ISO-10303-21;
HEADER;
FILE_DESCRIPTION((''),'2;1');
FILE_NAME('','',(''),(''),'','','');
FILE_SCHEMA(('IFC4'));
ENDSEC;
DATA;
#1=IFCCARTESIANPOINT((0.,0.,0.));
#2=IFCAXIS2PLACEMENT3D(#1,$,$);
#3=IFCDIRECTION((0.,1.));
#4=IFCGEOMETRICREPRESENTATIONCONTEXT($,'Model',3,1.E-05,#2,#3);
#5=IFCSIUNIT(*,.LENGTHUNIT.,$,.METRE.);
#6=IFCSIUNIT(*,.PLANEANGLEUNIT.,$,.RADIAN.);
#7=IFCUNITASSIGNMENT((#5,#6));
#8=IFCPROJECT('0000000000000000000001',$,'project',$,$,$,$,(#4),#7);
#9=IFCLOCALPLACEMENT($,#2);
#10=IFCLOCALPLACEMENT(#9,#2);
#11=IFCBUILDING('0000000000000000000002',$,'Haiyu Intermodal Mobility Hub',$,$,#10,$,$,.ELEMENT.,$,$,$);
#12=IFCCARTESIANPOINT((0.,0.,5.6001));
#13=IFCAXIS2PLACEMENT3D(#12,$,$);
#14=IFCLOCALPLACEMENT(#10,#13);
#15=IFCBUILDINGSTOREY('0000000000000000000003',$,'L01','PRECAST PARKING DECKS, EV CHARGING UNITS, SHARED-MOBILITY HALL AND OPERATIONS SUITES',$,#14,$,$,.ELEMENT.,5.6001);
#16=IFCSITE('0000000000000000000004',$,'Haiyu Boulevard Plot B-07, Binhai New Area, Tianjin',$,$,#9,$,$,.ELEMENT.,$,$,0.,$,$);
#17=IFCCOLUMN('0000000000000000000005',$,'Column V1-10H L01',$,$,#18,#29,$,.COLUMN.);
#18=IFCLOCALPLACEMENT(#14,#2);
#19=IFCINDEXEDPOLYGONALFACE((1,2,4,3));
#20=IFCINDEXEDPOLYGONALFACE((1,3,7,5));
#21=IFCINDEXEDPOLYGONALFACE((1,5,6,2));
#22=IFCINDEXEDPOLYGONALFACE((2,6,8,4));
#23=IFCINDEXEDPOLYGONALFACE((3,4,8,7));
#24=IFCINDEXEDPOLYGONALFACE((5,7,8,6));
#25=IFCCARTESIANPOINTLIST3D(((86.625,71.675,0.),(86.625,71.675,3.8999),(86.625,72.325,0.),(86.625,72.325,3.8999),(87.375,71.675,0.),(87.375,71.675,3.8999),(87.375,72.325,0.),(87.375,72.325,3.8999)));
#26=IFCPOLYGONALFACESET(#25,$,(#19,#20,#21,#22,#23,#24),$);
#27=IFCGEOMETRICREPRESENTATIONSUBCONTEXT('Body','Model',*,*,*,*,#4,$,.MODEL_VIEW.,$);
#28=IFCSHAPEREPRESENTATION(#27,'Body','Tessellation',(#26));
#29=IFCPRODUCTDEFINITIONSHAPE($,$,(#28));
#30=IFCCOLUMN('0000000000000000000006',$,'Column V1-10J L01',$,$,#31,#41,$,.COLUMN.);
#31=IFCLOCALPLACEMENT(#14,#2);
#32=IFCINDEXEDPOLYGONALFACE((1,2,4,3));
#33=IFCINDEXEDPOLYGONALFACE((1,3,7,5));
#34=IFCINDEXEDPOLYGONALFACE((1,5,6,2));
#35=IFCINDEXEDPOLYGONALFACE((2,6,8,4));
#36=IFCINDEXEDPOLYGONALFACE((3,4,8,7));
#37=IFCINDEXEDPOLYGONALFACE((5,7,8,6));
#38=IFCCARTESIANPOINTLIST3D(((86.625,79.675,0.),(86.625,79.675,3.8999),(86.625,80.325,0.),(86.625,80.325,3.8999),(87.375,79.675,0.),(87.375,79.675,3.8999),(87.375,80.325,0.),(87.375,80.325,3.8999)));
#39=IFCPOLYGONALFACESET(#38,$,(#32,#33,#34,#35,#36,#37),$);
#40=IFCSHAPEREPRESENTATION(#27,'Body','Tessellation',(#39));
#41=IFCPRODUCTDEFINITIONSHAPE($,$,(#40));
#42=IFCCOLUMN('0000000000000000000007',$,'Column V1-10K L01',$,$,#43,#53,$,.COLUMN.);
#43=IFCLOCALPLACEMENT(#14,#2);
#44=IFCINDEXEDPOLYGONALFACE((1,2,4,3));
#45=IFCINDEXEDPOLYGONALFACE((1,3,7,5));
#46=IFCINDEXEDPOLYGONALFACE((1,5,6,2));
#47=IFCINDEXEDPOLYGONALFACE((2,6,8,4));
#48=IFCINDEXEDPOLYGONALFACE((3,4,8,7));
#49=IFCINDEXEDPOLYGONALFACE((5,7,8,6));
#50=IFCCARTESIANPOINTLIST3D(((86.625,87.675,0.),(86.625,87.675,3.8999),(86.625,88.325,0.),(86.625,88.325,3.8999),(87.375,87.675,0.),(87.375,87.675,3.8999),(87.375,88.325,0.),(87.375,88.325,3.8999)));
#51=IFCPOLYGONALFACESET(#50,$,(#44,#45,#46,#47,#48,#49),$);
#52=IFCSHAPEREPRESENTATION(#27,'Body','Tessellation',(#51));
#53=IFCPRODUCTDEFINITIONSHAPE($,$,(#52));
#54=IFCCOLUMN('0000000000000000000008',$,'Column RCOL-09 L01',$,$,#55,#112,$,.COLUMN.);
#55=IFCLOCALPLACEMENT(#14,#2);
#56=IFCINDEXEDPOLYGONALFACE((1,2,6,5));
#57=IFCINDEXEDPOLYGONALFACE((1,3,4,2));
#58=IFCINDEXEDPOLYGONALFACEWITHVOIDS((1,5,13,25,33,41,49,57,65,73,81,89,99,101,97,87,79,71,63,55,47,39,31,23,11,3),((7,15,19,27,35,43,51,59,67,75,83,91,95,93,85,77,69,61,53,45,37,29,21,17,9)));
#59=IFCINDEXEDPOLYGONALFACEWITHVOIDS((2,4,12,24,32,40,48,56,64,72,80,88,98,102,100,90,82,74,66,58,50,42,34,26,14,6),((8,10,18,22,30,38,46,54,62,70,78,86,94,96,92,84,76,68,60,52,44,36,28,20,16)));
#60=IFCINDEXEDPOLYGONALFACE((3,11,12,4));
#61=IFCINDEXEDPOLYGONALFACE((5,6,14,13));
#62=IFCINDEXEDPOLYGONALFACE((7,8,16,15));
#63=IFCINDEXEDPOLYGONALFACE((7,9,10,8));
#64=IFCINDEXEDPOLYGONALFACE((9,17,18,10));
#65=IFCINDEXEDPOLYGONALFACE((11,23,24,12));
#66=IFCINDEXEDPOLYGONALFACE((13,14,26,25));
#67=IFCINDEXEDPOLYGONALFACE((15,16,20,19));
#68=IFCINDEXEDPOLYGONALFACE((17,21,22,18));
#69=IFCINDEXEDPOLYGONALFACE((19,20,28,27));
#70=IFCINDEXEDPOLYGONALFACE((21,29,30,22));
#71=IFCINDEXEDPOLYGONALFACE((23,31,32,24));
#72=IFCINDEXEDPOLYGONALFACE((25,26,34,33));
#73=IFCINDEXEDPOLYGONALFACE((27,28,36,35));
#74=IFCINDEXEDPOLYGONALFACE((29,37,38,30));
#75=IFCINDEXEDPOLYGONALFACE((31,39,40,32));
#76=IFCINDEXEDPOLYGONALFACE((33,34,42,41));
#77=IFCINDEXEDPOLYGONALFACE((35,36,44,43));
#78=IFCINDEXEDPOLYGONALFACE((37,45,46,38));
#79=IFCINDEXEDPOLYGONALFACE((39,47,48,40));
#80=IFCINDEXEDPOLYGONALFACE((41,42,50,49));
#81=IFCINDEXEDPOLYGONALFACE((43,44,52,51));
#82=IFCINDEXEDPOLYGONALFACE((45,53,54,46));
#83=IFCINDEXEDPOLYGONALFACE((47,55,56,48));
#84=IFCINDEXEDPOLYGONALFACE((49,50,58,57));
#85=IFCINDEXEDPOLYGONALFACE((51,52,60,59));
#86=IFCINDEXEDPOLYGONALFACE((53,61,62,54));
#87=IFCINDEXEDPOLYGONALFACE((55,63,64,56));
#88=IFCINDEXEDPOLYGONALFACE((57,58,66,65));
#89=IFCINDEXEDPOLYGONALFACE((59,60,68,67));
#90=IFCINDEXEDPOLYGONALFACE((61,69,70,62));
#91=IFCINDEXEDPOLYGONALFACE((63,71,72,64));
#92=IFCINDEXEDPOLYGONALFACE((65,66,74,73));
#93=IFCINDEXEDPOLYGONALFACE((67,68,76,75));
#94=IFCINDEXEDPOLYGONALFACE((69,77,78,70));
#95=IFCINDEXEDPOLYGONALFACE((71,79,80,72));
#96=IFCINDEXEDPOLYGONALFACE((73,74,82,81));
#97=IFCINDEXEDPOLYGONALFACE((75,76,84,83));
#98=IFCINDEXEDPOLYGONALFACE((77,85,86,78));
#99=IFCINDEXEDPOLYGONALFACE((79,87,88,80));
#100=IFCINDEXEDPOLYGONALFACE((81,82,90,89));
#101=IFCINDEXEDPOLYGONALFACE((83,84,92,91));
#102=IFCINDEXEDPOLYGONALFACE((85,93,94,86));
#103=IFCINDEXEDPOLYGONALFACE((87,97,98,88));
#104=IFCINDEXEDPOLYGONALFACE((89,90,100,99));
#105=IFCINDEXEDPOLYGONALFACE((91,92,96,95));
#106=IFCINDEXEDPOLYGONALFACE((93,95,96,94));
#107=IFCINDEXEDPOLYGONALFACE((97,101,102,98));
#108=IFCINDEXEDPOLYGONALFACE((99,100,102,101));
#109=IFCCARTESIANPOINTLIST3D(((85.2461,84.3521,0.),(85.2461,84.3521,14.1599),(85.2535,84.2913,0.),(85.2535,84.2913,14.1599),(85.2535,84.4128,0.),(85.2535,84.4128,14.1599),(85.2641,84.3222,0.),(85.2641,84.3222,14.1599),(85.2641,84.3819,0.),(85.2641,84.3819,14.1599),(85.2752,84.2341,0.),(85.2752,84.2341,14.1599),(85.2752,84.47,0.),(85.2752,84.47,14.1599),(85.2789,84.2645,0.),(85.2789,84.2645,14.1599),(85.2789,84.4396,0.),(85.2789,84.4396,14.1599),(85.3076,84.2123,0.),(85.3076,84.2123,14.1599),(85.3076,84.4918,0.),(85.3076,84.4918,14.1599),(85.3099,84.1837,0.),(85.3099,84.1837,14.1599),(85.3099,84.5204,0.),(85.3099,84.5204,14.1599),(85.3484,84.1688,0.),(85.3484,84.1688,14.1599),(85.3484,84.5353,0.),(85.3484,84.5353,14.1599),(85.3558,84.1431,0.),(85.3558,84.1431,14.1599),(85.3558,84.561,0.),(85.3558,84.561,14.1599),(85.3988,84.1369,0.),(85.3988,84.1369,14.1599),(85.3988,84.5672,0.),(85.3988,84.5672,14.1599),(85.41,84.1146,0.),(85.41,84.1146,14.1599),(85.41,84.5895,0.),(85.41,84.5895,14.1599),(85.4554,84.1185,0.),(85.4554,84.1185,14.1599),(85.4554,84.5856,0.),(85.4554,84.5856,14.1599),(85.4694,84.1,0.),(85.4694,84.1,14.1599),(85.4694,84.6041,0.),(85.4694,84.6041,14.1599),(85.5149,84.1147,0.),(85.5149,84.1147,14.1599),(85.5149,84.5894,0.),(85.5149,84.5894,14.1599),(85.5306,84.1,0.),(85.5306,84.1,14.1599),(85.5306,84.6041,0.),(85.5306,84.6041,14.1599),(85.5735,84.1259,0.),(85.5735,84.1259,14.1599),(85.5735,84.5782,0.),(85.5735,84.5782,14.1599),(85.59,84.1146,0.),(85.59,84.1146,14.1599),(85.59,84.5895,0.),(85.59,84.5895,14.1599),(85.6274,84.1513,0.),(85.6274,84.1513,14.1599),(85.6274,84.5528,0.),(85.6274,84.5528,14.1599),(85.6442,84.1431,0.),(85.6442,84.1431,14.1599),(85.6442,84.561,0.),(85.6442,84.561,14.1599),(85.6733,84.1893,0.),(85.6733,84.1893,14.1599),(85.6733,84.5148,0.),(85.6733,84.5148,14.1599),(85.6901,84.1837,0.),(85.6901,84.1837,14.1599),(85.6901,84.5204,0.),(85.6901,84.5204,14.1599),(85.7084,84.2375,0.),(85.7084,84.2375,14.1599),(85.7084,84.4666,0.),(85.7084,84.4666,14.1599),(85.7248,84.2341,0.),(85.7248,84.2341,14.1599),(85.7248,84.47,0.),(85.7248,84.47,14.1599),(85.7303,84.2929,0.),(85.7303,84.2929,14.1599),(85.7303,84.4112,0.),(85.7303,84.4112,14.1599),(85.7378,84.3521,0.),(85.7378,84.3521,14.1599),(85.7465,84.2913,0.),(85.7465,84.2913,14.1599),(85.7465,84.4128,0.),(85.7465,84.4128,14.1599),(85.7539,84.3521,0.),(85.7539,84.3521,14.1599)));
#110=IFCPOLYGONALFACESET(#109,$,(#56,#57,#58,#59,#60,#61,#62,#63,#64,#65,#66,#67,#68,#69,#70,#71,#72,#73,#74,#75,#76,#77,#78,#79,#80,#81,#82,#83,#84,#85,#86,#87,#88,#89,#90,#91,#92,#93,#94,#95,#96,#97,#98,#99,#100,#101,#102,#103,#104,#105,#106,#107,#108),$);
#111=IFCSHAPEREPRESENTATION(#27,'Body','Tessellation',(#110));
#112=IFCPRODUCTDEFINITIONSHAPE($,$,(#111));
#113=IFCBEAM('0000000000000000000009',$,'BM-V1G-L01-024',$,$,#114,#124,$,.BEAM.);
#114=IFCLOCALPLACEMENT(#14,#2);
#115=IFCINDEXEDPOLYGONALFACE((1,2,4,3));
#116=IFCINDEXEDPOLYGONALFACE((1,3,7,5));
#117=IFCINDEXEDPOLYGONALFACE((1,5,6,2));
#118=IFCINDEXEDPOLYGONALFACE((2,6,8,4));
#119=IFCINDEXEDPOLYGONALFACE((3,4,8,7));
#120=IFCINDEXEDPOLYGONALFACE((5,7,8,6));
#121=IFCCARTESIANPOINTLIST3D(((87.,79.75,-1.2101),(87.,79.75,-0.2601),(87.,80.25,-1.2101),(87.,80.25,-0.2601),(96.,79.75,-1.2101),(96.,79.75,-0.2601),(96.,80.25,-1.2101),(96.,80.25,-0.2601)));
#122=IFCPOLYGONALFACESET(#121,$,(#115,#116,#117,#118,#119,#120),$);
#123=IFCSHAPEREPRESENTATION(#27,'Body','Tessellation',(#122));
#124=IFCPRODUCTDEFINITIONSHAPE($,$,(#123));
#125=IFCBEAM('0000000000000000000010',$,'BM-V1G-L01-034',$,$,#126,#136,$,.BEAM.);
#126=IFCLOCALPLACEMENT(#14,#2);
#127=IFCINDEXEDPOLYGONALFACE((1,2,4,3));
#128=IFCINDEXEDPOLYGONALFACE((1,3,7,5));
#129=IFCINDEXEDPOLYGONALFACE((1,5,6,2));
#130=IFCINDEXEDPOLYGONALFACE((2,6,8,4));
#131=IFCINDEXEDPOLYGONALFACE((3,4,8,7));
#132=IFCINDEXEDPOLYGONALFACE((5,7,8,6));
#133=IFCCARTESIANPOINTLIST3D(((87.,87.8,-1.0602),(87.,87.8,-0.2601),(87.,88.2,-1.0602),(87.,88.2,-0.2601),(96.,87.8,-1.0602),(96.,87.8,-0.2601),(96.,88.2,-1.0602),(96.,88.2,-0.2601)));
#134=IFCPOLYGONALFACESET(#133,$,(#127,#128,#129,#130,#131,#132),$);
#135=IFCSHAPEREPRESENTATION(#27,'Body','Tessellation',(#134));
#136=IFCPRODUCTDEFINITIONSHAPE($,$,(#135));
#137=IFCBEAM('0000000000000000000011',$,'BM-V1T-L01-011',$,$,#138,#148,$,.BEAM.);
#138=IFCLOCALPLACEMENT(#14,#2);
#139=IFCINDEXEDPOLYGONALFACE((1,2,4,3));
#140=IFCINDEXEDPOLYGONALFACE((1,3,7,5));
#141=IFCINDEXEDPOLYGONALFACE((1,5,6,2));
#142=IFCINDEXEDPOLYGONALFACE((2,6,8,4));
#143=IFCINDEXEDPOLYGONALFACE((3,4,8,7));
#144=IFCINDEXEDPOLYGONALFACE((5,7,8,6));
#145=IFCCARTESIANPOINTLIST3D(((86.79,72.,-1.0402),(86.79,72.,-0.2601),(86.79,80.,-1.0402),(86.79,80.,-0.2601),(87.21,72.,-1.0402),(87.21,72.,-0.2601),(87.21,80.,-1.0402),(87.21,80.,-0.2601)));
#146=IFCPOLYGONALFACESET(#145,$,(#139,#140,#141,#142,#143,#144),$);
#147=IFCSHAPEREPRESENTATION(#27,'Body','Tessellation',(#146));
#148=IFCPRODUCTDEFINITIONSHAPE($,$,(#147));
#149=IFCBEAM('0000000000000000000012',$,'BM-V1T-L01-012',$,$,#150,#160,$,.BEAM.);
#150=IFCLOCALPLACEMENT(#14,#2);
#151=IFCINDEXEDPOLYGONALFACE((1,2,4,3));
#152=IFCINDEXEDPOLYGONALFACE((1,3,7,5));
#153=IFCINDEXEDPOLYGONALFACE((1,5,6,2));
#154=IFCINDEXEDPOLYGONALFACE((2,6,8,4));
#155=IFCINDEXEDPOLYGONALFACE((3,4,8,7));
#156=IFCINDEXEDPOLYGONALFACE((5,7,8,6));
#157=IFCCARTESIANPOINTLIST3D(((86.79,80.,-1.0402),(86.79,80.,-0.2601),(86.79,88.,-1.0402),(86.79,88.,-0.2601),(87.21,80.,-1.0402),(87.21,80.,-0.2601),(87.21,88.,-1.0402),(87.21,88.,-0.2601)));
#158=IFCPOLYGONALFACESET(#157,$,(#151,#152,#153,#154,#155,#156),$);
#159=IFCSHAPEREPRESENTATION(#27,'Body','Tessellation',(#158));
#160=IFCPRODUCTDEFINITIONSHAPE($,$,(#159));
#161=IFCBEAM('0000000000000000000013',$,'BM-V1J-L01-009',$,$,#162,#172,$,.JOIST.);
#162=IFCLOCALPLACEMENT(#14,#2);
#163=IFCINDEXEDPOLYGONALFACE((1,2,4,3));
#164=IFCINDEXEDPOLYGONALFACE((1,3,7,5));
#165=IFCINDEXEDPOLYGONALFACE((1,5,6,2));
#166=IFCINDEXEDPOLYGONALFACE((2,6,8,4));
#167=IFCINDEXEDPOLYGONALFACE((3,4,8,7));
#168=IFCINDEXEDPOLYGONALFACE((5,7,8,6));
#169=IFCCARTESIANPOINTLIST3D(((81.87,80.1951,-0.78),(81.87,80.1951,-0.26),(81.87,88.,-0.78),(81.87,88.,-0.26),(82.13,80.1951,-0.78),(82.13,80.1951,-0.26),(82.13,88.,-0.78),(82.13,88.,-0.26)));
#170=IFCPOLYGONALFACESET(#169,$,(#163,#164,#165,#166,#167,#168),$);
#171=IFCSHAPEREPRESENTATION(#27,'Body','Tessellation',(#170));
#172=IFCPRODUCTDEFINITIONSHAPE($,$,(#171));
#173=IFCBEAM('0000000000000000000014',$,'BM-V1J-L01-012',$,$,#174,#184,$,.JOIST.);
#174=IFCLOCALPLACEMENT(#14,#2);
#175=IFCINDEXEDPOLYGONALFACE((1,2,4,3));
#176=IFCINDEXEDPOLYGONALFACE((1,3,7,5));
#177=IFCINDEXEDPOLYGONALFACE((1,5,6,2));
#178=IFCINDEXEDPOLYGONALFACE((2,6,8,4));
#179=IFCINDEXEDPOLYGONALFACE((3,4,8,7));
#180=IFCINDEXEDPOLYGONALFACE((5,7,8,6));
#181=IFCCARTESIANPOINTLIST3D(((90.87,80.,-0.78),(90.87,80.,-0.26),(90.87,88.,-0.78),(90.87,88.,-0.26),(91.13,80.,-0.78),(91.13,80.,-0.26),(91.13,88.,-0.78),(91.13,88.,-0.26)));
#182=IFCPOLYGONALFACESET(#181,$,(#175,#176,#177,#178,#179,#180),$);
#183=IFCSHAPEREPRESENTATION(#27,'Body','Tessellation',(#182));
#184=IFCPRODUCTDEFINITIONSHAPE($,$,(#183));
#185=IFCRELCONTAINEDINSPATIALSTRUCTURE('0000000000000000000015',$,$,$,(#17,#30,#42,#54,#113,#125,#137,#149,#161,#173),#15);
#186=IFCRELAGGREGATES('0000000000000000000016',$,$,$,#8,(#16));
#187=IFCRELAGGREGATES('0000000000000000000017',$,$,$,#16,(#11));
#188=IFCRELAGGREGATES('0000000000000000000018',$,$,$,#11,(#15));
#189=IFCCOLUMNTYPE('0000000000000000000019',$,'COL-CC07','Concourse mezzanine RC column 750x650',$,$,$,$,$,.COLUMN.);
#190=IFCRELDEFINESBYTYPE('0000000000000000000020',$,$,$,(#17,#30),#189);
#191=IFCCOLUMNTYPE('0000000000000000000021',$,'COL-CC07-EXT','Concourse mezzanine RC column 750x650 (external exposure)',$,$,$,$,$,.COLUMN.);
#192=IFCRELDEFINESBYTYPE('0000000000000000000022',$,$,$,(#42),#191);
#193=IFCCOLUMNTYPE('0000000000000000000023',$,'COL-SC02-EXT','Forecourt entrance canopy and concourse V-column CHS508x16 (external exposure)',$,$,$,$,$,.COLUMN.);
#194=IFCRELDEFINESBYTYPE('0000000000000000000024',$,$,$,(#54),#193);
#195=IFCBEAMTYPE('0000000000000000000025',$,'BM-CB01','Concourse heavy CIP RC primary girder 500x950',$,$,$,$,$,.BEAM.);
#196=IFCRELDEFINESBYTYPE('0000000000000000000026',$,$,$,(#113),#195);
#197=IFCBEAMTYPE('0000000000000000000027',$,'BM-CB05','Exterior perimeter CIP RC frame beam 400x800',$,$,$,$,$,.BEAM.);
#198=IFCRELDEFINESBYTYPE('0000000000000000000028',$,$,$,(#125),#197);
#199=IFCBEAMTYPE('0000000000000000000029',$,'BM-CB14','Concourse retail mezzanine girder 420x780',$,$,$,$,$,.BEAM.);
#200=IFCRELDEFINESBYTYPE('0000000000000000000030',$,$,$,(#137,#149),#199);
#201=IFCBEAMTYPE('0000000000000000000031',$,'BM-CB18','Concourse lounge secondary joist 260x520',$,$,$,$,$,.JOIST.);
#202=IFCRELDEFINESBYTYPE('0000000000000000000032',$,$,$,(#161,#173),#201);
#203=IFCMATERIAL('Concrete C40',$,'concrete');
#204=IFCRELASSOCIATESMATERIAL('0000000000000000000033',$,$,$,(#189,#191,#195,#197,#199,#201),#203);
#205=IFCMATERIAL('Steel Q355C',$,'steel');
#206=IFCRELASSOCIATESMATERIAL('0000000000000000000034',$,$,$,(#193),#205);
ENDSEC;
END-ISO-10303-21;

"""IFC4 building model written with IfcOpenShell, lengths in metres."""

from ifc_helpers import new_model, si_unit, direction, frame, origin, origin_2d, place, context, subcontext, project, spatial, rectangle, hollow_circle, extrude, material, material_profile, profile_set, type_object, element, save


model = new_model("IFC4")

# Units and contexts
model_context = context("Model", 3, precision=1e-05, world=origin(), true_north=direction((0.0, 1.0)))
body_context = subcontext(model_context, "Body", "Model", "MODEL_VIEW")
ifc_project = project(units=[si_unit("LENGTHUNIT", "METRE"), si_unit("PLANEANGLEUNIT", "RADIAN")], contexts=[model_context])

# Site, building, storey
site_placement = place(None, origin())
site = spatial("IfcSite", under=ifc_project, at=site_placement, Name="Haiyu Boulevard Plot B-07, Binhai New Area, Tianjin", CompositionType="ELEMENT", RefElevation=0.0)
building_placement = place(site_placement, origin())
building = spatial("IfcBuilding", under=site, at=building_placement, Name="Haiyu Intermodal Mobility Hub", CompositionType="ELEMENT")
storey_placement = place(building_placement, frame((0.0, 0.0, 5.6001)))
storey = spatial("IfcBuildingStorey", under=building, at=storey_placement, Name="L01", Description="PRECAST PARKING DECKS, EV CHARGING UNITS, SHARED-MOBILITY HALL AND OPERATIONS SUITES", CompositionType="ELEMENT", Elevation=5.6001)

# Columns
ifc_material_1 = material(Name="Concrete C40", Category="concrete")
ifc_material_profile_1 = material_profile(ifc_material_1, rectangle(XDim=0.75, YDim=0.6499, at=origin_2d()), Name="RC750x650")
ifc_profile_set_1 = profile_set([ifc_material_profile_1], Name="Concrete C40")
column_type_1 = type_object("IfcColumnType", Name="COL-CC07", Description="Concourse mezzanine RC column 750x650", PredefinedType="COLUMN", material=ifc_profile_set_1)
for number, where, z_axis, x_axis, name in (
    (1, (87.0, 72.0, 0.0), (0.0, 0.0, 1.0), (1.0, 0.0, 0.0), "Column V1-10H L01"),
    (2, (87.0, 80.0, 0.0), (0.0, 0.0, 1.0), (1.0, 0.0, 0.0), "Column V1-10J L01"),
):
    element("IfcColumn", number, at=place(storey_placement, frame(where, z_axis=z_axis, x_axis=x_axis)), inside=storey, type_object=column_type_1, Name=name, PredefinedType="COLUMN", context=body_context, shape_type="SweptSolid", body=[
        extrude(rectangle(XDim=0.75, YDim=0.6499, at=origin_2d()), origin(), (0.0, 0.0, 1.0), 3.8999),
    ])
ifc_material_profile_2 = material_profile(ifc_material_1, rectangle(XDim=0.75, YDim=0.6499, at=origin_2d()), Name="RC750x650")
ifc_profile_set_2 = profile_set([ifc_material_profile_2], Name="Concrete C40")
column_type_2 = type_object("IfcColumnType", Name="COL-CC07-EXT", Description="Concourse mezzanine RC column 750x650 (external exposure)", PredefinedType="COLUMN", material=ifc_profile_set_2)
column_1_placement = place(storey_placement, frame((87.0, 88.0, 0.0), z_axis=(0.0, 0.0, 1.0), x_axis=(1.0, 0.0, 0.0)))
element("IfcColumn", 3, at=column_1_placement, inside=storey, type_object=column_type_2, Name="Column V1-10K L01", PredefinedType="COLUMN", context=body_context, shape_type="SweptSolid", body=[
    extrude(rectangle(XDim=0.75, YDim=0.6499, at=origin_2d()), origin(), (0.0, 0.0, 1.0), 3.8999),
])
ifc_material_2 = material(Name="Steel Q355C", Category="steel")
ifc_material_profile_3 = material_profile(ifc_material_2, hollow_circle(Radius=0.2539, WallThickness=0.0161, at=origin_2d()), Name="CHS508x16")
ifc_profile_set_3 = profile_set([ifc_material_profile_3], Name="Steel Q355C")
column_type_3 = type_object("IfcColumnType", Name="COL-SC02-EXT", Description="Forecourt entrance canopy and concourse V-column CHS508x16 (external exposure)", PredefinedType="COLUMN", material=ifc_profile_set_3)
column_2_placement = place(storey_placement, frame((85.5, 84.3521, 0.0), z_axis=(0.0, 0.0, 1.0), x_axis=(1.0, 0.0, 0.0)))
element("IfcColumn", 4, at=column_2_placement, inside=storey, type_object=column_type_3, Name="Column RCOL-09 L01", PredefinedType="COLUMN", context=body_context, shape_type="SweptSolid", body=[
    extrude(hollow_circle(Radius=0.2539, WallThickness=0.0161, at=origin_2d()), origin(), (0.0, 0.0, 1.0), 14.1599),
])

# Beams
ifc_material_profile_4 = material_profile(ifc_material_1, rectangle(XDim=0.5, YDim=0.95, at=origin_2d()), Name="RCB500x950")
ifc_profile_set_4 = profile_set([ifc_material_profile_4], Name="Concrete C40")
beam_type_1 = type_object("IfcBeamType", Name="BM-CB01", Description="Concourse heavy CIP RC primary girder 500x950", PredefinedType="BEAM", material=ifc_profile_set_4)
beam_1_placement = place(storey_placement, frame((87.0, 80.0, -0.7351), z_axis=(1.0, 0.0, 0.0), x_axis=(0.0, 1.0, 0.0)))
element("IfcBeam", 5, at=beam_1_placement, inside=storey, type_object=beam_type_1, Name="BM-V1G-L01-024", PredefinedType="BEAM", context=body_context, shape_type="SweptSolid", body=[
    extrude(rectangle(XDim=0.5, YDim=0.95, at=origin_2d()), origin(), (0.0, 0.0, 1.0), 9.0),
])
ifc_material_profile_5 = material_profile(ifc_material_1, rectangle(XDim=0.3999, YDim=0.8, at=origin_2d()), Name="RCB400x800")
ifc_profile_set_5 = profile_set([ifc_material_profile_5], Name="Concrete C40")
beam_type_2 = type_object("IfcBeamType", Name="BM-CB05", Description="Exterior perimeter CIP RC frame beam 400x800", PredefinedType="BEAM", material=ifc_profile_set_5)
beam_2_placement = place(storey_placement, frame((87.0, 88.0, -0.6602), z_axis=(1.0, 0.0, 0.0), x_axis=(0.0, 1.0, 0.0)))
element("IfcBeam", 6, at=beam_2_placement, inside=storey, type_object=beam_type_2, Name="BM-V1G-L01-034", PredefinedType="BEAM", context=body_context, shape_type="SweptSolid", body=[
    extrude(rectangle(XDim=0.3999, YDim=0.8, at=origin_2d()), origin(), (0.0, 0.0, 1.0), 9.0),
])
ifc_material_profile_6 = material_profile(ifc_material_1, rectangle(XDim=0.4199, YDim=0.78, at=origin_2d()), Name="B420x780")
ifc_profile_set_6 = profile_set([ifc_material_profile_6], Name="Concrete C40")
beam_type_3 = type_object("IfcBeamType", Name="BM-CB14", Description="Concourse retail mezzanine girder 420x780", PredefinedType="BEAM", material=ifc_profile_set_6)
for number, where, z_axis, x_axis, name in (
    (7, (87.0, 72.0, -0.6501), (0.0, 1.0, 0.0), (-1.0, 0.0, 0.0), "BM-V1T-L01-011"),
    (8, (87.0, 80.0, -0.6501), (0.0, 1.0, 0.0), (-1.0, 0.0, 0.0), "BM-V1T-L01-012"),
):
    element("IfcBeam", number, at=place(storey_placement, frame(where, z_axis=z_axis, x_axis=x_axis)), inside=storey, type_object=beam_type_3, Name=name, PredefinedType="BEAM", context=body_context, shape_type="SweptSolid", body=[
        extrude(rectangle(XDim=0.4199, YDim=0.78, at=origin_2d()), origin(), (0.0, 0.0, 1.0), 8.0),
    ])
ifc_material_profile_7 = material_profile(ifc_material_1, rectangle(XDim=0.26, YDim=0.52, at=origin_2d()), Name="B260x520")
ifc_profile_set_7 = profile_set([ifc_material_profile_7], Name="Concrete C40")
beam_type_4 = type_object("IfcBeamType", Name="BM-CB18", Description="Concourse lounge secondary joist 260x520", PredefinedType="JOIST", material=ifc_profile_set_7)
beam_3_placement = place(storey_placement, frame((82.0, 80.1951, -0.52), z_axis=(0.0, 1.0, 0.0), x_axis=(-1.0, 0.0, 0.0)))
element("IfcBeam", 9, at=beam_3_placement, inside=storey, type_object=beam_type_4, Name="BM-V1J-L01-009", PredefinedType="JOIST", context=body_context, shape_type="SweptSolid", body=[
    extrude(rectangle(XDim=0.26, YDim=0.52, at=origin_2d()), origin(), (0.0, 0.0, 1.0), 7.8049),
])
beam_4_placement = place(storey_placement, frame((91.0, 80.0, -0.52), z_axis=(0.0, 1.0, 0.0), x_axis=(-1.0, 0.0, 0.0)))
element("IfcBeam", 10, at=beam_4_placement, inside=storey, type_object=beam_type_4, Name="BM-V1J-L01-012", PredefinedType="JOIST", context=body_context, shape_type="SweptSolid", body=[
    extrude(rectangle(XDim=0.26, YDim=0.52, at=origin_2d()), origin(), (0.0, 0.0, 1.0), 8.0),
])

save(model, "model.ifc")
